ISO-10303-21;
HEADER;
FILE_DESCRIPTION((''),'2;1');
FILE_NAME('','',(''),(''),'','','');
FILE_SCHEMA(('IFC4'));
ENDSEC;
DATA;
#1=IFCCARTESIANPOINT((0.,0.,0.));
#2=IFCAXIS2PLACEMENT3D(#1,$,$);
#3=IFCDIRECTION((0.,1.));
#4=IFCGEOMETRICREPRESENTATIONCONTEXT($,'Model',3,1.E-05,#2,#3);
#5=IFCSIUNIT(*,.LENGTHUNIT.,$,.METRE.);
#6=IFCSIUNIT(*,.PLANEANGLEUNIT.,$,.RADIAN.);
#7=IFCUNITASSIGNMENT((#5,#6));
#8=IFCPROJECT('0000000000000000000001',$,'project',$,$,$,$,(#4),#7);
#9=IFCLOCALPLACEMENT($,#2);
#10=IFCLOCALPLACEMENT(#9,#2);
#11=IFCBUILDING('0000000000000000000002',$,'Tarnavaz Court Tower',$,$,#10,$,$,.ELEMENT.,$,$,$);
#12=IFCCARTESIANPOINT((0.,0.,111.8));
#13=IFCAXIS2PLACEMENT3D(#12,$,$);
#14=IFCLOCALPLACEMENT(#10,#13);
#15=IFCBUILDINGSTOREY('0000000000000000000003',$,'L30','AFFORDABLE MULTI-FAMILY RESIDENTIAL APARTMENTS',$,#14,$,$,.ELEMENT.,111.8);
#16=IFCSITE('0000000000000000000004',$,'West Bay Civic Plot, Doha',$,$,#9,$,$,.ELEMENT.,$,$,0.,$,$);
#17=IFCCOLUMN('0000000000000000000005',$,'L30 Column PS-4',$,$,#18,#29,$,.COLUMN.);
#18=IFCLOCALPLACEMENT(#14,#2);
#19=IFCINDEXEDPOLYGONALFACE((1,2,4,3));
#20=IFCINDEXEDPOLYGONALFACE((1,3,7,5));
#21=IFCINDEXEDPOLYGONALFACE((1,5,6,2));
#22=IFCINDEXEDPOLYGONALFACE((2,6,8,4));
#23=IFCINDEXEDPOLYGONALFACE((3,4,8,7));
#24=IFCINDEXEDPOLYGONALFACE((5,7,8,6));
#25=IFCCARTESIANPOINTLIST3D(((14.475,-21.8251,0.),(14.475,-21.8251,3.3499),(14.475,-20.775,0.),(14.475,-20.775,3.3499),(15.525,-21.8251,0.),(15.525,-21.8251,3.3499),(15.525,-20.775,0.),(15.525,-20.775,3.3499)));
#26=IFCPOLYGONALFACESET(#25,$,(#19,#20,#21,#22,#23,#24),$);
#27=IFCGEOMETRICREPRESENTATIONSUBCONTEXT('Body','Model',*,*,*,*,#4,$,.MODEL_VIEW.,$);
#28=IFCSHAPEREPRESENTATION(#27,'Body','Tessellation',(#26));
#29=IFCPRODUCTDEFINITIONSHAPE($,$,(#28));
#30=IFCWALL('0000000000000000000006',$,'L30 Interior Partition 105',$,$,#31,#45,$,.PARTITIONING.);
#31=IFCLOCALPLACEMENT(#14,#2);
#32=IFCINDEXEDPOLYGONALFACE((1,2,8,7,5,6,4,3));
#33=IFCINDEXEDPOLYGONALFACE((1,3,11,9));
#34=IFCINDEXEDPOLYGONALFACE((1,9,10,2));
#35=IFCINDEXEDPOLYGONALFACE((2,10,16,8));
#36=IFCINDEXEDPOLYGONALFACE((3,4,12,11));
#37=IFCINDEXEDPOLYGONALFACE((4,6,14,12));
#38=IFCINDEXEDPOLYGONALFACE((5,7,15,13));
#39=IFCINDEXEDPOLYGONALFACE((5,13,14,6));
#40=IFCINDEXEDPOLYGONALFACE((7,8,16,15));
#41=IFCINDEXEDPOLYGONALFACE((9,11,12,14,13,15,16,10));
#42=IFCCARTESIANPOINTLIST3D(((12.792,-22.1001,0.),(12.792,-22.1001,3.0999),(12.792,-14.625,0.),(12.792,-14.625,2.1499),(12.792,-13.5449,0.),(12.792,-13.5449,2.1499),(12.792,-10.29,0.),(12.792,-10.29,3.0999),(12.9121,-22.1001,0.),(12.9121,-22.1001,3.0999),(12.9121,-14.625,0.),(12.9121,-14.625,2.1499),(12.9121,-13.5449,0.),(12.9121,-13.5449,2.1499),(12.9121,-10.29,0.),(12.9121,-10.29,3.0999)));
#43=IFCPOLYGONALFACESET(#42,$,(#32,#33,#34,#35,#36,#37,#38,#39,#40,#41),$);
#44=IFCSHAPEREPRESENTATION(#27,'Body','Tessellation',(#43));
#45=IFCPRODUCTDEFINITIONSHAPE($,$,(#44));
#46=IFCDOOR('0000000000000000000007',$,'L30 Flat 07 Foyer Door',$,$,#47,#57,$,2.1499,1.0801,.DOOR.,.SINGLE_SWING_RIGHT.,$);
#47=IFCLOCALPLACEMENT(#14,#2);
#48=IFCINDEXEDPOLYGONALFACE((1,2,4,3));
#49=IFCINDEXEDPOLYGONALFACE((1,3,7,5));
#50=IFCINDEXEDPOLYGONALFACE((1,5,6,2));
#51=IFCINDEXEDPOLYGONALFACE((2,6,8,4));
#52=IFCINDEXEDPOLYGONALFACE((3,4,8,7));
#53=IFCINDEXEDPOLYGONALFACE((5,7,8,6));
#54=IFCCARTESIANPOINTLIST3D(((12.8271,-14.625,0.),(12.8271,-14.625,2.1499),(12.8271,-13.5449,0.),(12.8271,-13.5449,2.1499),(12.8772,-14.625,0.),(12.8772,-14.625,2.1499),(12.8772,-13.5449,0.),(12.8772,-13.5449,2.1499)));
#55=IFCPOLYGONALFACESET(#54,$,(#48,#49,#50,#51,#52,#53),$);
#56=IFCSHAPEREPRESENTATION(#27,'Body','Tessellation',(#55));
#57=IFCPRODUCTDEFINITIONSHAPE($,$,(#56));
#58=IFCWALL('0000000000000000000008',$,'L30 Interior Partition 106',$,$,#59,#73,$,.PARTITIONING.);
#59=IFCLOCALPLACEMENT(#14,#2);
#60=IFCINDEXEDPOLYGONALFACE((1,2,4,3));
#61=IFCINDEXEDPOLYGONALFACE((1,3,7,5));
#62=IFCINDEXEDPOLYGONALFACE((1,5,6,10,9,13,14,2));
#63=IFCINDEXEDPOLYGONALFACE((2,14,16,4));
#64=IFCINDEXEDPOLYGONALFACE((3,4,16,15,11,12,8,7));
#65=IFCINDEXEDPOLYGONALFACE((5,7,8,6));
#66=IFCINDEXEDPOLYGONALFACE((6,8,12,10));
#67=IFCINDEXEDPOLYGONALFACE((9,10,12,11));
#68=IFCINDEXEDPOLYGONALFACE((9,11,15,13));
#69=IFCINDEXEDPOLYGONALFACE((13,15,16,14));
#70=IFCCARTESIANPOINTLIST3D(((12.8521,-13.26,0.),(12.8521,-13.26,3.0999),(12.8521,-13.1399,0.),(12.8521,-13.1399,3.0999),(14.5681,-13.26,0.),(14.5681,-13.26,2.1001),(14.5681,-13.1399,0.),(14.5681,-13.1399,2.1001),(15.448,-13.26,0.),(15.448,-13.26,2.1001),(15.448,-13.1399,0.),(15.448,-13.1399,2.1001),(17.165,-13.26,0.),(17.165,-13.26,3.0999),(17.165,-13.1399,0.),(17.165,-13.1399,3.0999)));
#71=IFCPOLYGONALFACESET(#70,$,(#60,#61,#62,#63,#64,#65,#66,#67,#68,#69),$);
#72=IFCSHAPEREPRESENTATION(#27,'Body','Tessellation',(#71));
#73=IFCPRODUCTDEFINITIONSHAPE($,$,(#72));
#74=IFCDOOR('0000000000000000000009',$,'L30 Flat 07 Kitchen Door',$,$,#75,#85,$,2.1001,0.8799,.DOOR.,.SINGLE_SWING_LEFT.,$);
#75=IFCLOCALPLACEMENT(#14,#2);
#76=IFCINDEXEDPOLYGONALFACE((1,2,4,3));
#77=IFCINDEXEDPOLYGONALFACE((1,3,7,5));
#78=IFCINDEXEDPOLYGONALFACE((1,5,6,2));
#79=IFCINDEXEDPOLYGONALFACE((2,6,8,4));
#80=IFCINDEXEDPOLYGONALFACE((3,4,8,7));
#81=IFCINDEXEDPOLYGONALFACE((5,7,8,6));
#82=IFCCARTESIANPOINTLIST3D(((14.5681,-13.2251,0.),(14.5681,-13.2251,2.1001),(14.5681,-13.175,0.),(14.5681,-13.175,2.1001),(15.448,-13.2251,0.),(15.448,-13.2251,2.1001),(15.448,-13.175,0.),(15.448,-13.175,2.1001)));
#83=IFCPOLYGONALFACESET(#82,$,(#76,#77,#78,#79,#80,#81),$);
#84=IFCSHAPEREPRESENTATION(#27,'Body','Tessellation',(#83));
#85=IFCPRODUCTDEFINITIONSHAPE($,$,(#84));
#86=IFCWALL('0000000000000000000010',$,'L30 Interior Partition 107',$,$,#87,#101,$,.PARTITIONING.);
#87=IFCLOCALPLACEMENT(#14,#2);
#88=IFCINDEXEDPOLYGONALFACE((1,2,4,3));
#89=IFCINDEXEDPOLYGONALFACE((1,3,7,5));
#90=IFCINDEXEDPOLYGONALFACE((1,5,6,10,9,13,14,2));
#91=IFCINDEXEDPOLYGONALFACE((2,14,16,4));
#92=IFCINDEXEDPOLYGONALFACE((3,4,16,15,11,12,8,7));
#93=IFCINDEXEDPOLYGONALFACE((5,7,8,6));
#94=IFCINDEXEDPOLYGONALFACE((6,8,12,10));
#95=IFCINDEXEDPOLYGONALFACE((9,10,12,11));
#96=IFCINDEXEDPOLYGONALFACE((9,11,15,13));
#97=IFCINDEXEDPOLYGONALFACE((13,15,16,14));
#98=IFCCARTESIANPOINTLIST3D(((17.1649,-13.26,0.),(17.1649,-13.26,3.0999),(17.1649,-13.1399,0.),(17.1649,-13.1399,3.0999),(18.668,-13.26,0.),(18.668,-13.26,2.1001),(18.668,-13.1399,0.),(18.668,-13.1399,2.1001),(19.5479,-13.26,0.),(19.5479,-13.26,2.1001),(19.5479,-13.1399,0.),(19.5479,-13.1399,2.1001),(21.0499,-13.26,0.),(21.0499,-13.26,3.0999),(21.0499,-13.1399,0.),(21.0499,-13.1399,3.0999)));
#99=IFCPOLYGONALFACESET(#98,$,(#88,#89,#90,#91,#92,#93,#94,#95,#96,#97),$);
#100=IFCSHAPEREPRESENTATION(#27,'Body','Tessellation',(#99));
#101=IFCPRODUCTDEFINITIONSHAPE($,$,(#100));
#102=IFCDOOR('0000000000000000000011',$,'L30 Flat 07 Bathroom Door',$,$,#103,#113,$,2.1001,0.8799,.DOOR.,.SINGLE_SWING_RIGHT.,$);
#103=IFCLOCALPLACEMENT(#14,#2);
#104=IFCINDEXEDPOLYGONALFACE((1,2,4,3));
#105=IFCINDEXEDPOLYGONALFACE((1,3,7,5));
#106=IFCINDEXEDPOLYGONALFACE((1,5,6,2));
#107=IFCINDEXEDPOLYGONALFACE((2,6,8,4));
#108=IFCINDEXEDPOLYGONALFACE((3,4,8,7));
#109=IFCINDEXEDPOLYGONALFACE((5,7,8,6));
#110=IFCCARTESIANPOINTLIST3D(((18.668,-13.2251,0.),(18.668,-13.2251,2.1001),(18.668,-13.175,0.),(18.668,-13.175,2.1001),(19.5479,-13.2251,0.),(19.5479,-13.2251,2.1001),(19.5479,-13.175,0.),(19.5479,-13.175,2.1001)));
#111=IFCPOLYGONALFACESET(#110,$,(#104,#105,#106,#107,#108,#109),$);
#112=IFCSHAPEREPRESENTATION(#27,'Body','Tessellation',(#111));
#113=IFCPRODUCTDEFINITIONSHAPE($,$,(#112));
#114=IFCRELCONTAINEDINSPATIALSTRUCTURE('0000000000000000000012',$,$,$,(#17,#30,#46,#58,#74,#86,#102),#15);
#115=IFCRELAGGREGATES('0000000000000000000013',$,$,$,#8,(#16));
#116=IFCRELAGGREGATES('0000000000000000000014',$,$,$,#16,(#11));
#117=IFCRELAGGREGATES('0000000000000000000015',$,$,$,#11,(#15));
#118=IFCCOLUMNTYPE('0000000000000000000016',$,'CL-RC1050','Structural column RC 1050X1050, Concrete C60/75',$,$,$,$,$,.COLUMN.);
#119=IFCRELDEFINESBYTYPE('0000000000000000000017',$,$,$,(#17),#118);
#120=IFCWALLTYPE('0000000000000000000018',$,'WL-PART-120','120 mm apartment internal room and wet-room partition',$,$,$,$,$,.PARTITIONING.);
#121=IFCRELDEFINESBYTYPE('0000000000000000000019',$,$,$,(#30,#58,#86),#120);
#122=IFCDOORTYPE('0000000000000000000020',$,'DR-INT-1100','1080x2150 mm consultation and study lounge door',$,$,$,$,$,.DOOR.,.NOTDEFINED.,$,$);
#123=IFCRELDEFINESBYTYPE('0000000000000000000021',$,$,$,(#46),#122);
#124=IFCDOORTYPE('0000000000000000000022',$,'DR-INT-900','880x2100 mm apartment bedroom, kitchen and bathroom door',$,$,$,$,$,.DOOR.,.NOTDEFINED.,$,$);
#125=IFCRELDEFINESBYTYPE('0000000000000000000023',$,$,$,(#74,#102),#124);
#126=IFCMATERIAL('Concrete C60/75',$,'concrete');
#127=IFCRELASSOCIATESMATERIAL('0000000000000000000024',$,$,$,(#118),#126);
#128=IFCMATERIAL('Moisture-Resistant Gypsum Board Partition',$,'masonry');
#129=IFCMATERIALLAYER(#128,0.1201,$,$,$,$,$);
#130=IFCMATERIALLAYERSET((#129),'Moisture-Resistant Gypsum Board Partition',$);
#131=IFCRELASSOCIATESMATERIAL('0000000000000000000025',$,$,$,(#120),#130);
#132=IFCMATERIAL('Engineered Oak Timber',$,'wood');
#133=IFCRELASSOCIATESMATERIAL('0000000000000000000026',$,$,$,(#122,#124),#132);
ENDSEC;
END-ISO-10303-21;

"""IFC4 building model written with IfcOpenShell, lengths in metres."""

from ifc_helpers import new_model, si_unit, direction, frame, frame_2d, origin, origin_2d, place, context, subcontext, project, spatial, rectangle, extrude, material, layer, layer_set, material_profile, profile_set, type_object, element, fill, save


model = new_model("IFC4")

# Units and contexts
model_context = context("Model", 3, precision=1e-05, world=origin(), true_north=direction((0.0, 1.0)))
body_context = subcontext(model_context, "Body", "Model", "MODEL_VIEW")
ifc_project = project(units=[si_unit("LENGTHUNIT", "METRE"), si_unit("PLANEANGLEUNIT", "RADIAN")], contexts=[model_context])

# Site, building, storey
site_placement = place(None, origin())
site = spatial("IfcSite", under=ifc_project, at=site_placement, Name="West Bay Civic Plot, Doha", CompositionType="ELEMENT", RefElevation=0.0)
building_placement = place(site_placement, origin())
building = spatial("IfcBuilding", under=site, at=building_placement, Name="Tarnavaz Court Tower", CompositionType="ELEMENT")
storey_placement = place(building_placement, frame((0.0, 0.0, 111.8)))
storey = spatial("IfcBuildingStorey", under=building, at=storey_placement, Name="L30", Description="AFFORDABLE MULTI-FAMILY RESIDENTIAL APARTMENTS", CompositionType="ELEMENT", Elevation=111.8)

# Column
ifc_material_1 = material(Name="Concrete C60/75", Category="concrete")
ifc_material_profile_1 = material_profile(ifc_material_1, rectangle(XDim=1.05, YDim=1.05, at=origin_2d()), Name="RC 1050X1050")
ifc_profile_set_1 = profile_set([ifc_material_profile_1], Name="Concrete C60/75")
column_type = type_object("IfcColumnType", Name="CL-RC1050", Description="Structural column RC 1050X1050, Concrete C60/75", PredefinedType="COLUMN", material=ifc_profile_set_1)
column_placement = place(storey_placement, frame((15.0, -21.3, 0.0), z_axis=(0.0, 0.0, 1.0), x_axis=(1.0, 0.0, 0.0)))
element("IfcColumn", 1, at=column_placement, inside=storey, type_object=column_type, Name="L30 Column PS-4", PredefinedType="COLUMN", context=body_context, shape_type="SweptSolid", body=[
    extrude(rectangle(XDim=1.05, YDim=1.05, at=origin_2d()), origin(), (0.0, 0.0, 1.0), 3.3499),
])

# Walls, openings, doors
ifc_material_2 = material(Name="Moisture-Resistant Gypsum Board Partition", Category="masonry")
ifc_layer_1 = layer(ifc_material_2, 0.1201)
ifc_layer_set_1 = layer_set([ifc_layer_1], Name="Moisture-Resistant Gypsum Board Partition")
wall_type_1 = type_object("IfcWallType", Name="WL-PART-120", Description="120 mm apartment internal room and wet-room partition", PredefinedType="PARTITIONING", material=ifc_layer_set_1)
wall_1_placement = place(storey_placement, frame((12.8521, -22.1001, 0.0), z_axis=(0.0, 0.0, 1.0), x_axis=(0.0, 1.0, 0.0)))
wall_1 = element("IfcWall", 2, at=wall_1_placement, inside=storey, type_object=wall_type_1, Name="L30 Interior Partition 105", PredefinedType="PARTITIONING", context=body_context, shape_type="SweptSolid", body=[
    extrude(rectangle(XDim=11.8101, YDim=0.1201, at=frame_2d((5.905, 0.0))), origin(), (0.0, 0.0, 1.0), 3.0999),
])
opening_1_placement = place(wall_1_placement, frame((7.4751, 0.0, 0.0)))
opening_1 = element("IfcOpeningElement", 3, at=opening_1_placement, cuts=wall_1, PredefinedType="OPENING", context=body_context, shape_type="SweptSolid", body=[
    extrude(rectangle(XDim=1.0801, YDim=2.1499, at=frame_2d((0.54, 1.075))), frame((0.0, 0.0701, 0.0), z_axis=(0.0, -1.0, 0.0), x_axis=(1.0, 0.0, 0.0)), (0.0, 0.0, 1.0), 0.1401),
])
ifc_material_3 = material(Name="Engineered Oak Timber", Category="wood")
door_type_1 = type_object("IfcDoorType", Name="DR-INT-1100", Description="1080x2150 mm consultation and study lounge door", OperationType="NOTDEFINED", PredefinedType="DOOR", material=ifc_material_3)
door_1_placement = place(opening_1_placement, origin())
door_1 = element("IfcDoor", 4, at=door_1_placement, inside=storey, type_object=door_type_1, Name="L30 Flat 07 Foyer Door", OperationType="SINGLE_SWING_RIGHT", OverallHeight=2.1499, OverallWidth=1.0801, PredefinedType="DOOR", context=body_context, shape_type="SweptSolid", body=[
    extrude(rectangle(XDim=1.0801, YDim=2.1499, at=frame_2d((0.54, 1.075))), frame((0.0, 0.0249, 0.0), z_axis=(0.0, -1.0, 0.0), x_axis=(1.0, 0.0, 0.0)), (0.0, 0.0, 1.0), 0.05),
])
fill(opening_1, door_1)
wall_2_placement = place(storey_placement, frame((12.8521, -13.2, 0.0), z_axis=(0.0, 0.0, 1.0), x_axis=(1.0, 0.0, 0.0)))
wall_2 = element("IfcWall", 5, at=wall_2_placement, inside=storey, type_object=wall_type_1, Name="L30 Interior Partition 106", PredefinedType="PARTITIONING", context=body_context, shape_type="SweptSolid", body=[
    extrude(rectangle(XDim=4.313, YDim=0.1201, at=frame_2d((2.1565, 0.0))), origin(), (0.0, 0.0, 1.0), 3.0999),
])
opening_2_placement = place(wall_2_placement, frame((1.7161, 0.0, 0.0)))
opening_2 = element("IfcOpeningElement", 6, at=opening_2_placement, cuts=wall_2, PredefinedType="OPENING", context=body_context, shape_type="SweptSolid", body=[
    extrude(rectangle(XDim=0.8799, YDim=2.1001, at=frame_2d((0.4399, 1.05))), frame((0.0, 0.0701, 0.0), z_axis=(0.0, -1.0, 0.0), x_axis=(1.0, 0.0, 0.0)), (0.0, 0.0, 1.0), 0.1401),
])
door_type_2 = type_object("IfcDoorType", Name="DR-INT-900", Description="880x2100 mm apartment bedroom, kitchen and bathroom door", OperationType="NOTDEFINED", PredefinedType="DOOR", material=ifc_material_3)
door_2_placement = place(opening_2_placement, origin())
door_2 = element("IfcDoor", 7, at=door_2_placement, inside=storey, type_object=door_type_2, Name="L30 Flat 07 Kitchen Door", OperationType="SINGLE_SWING_LEFT", OverallHeight=2.1001, OverallWidth=0.8799, PredefinedType="DOOR", context=body_context, shape_type="SweptSolid", body=[
    extrude(rectangle(XDim=0.8799, YDim=2.1001, at=frame_2d((0.4399, 1.05))), frame((0.0, 0.0249, 0.0), z_axis=(0.0, -1.0, 0.0), x_axis=(1.0, 0.0, 0.0)), (0.0, 0.0, 1.0), 0.05),
])
fill(opening_2, door_2)
wall_3_placement = place(storey_placement, frame((17.165, -13.2, 0.0), z_axis=(0.0, 0.0, 1.0), x_axis=(1.0, 0.0, 0.0)))
wall_3 = element("IfcWall", 8, at=wall_3_placement, inside=storey, type_object=wall_type_1, Name="L30 Interior Partition 107", PredefinedType="PARTITIONING", context=body_context, shape_type="SweptSolid", body=[
    extrude(rectangle(XDim=3.885, YDim=0.1201, at=frame_2d((1.9424, 0.0))), origin(), (0.0, 0.0, 1.0), 3.0999),
])
opening_3_placement = place(wall_3_placement, frame((1.5029, 0.0, 0.0)))
opening_3 = element("IfcOpeningElement", 9, at=opening_3_placement, cuts=wall_3, PredefinedType="OPENING", context=body_context, shape_type="SweptSolid", body=[
    extrude(rectangle(XDim=0.8799, YDim=2.1001, at=frame_2d((0.4399, 1.05))), frame((0.0, 0.0701, 0.0), z_axis=(0.0, -1.0, 0.0), x_axis=(1.0, 0.0, 0.0)), (0.0, 0.0, 1.0), 0.1401),
])
door_3_placement = place(opening_3_placement, origin())
door_3 = element("IfcDoor", 10, at=door_3_placement, inside=storey, type_object=door_type_2, Name="L30 Flat 07 Bathroom Door", OperationType="SINGLE_SWING_RIGHT", OverallHeight=2.1001, OverallWidth=0.8799, PredefinedType="DOOR", context=body_context, shape_type="SweptSolid", body=[
    extrude(rectangle(XDim=0.8799, YDim=2.1001, at=frame_2d((0.4399, 1.05))), frame((0.0, 0.0249, 0.0), z_axis=(0.0, -1.0, 0.0), x_axis=(1.0, 0.0, 0.0)), (0.0, 0.0, 1.0), 0.05),
])
fill(opening_3, door_3)

save(model, "model.ifc")
